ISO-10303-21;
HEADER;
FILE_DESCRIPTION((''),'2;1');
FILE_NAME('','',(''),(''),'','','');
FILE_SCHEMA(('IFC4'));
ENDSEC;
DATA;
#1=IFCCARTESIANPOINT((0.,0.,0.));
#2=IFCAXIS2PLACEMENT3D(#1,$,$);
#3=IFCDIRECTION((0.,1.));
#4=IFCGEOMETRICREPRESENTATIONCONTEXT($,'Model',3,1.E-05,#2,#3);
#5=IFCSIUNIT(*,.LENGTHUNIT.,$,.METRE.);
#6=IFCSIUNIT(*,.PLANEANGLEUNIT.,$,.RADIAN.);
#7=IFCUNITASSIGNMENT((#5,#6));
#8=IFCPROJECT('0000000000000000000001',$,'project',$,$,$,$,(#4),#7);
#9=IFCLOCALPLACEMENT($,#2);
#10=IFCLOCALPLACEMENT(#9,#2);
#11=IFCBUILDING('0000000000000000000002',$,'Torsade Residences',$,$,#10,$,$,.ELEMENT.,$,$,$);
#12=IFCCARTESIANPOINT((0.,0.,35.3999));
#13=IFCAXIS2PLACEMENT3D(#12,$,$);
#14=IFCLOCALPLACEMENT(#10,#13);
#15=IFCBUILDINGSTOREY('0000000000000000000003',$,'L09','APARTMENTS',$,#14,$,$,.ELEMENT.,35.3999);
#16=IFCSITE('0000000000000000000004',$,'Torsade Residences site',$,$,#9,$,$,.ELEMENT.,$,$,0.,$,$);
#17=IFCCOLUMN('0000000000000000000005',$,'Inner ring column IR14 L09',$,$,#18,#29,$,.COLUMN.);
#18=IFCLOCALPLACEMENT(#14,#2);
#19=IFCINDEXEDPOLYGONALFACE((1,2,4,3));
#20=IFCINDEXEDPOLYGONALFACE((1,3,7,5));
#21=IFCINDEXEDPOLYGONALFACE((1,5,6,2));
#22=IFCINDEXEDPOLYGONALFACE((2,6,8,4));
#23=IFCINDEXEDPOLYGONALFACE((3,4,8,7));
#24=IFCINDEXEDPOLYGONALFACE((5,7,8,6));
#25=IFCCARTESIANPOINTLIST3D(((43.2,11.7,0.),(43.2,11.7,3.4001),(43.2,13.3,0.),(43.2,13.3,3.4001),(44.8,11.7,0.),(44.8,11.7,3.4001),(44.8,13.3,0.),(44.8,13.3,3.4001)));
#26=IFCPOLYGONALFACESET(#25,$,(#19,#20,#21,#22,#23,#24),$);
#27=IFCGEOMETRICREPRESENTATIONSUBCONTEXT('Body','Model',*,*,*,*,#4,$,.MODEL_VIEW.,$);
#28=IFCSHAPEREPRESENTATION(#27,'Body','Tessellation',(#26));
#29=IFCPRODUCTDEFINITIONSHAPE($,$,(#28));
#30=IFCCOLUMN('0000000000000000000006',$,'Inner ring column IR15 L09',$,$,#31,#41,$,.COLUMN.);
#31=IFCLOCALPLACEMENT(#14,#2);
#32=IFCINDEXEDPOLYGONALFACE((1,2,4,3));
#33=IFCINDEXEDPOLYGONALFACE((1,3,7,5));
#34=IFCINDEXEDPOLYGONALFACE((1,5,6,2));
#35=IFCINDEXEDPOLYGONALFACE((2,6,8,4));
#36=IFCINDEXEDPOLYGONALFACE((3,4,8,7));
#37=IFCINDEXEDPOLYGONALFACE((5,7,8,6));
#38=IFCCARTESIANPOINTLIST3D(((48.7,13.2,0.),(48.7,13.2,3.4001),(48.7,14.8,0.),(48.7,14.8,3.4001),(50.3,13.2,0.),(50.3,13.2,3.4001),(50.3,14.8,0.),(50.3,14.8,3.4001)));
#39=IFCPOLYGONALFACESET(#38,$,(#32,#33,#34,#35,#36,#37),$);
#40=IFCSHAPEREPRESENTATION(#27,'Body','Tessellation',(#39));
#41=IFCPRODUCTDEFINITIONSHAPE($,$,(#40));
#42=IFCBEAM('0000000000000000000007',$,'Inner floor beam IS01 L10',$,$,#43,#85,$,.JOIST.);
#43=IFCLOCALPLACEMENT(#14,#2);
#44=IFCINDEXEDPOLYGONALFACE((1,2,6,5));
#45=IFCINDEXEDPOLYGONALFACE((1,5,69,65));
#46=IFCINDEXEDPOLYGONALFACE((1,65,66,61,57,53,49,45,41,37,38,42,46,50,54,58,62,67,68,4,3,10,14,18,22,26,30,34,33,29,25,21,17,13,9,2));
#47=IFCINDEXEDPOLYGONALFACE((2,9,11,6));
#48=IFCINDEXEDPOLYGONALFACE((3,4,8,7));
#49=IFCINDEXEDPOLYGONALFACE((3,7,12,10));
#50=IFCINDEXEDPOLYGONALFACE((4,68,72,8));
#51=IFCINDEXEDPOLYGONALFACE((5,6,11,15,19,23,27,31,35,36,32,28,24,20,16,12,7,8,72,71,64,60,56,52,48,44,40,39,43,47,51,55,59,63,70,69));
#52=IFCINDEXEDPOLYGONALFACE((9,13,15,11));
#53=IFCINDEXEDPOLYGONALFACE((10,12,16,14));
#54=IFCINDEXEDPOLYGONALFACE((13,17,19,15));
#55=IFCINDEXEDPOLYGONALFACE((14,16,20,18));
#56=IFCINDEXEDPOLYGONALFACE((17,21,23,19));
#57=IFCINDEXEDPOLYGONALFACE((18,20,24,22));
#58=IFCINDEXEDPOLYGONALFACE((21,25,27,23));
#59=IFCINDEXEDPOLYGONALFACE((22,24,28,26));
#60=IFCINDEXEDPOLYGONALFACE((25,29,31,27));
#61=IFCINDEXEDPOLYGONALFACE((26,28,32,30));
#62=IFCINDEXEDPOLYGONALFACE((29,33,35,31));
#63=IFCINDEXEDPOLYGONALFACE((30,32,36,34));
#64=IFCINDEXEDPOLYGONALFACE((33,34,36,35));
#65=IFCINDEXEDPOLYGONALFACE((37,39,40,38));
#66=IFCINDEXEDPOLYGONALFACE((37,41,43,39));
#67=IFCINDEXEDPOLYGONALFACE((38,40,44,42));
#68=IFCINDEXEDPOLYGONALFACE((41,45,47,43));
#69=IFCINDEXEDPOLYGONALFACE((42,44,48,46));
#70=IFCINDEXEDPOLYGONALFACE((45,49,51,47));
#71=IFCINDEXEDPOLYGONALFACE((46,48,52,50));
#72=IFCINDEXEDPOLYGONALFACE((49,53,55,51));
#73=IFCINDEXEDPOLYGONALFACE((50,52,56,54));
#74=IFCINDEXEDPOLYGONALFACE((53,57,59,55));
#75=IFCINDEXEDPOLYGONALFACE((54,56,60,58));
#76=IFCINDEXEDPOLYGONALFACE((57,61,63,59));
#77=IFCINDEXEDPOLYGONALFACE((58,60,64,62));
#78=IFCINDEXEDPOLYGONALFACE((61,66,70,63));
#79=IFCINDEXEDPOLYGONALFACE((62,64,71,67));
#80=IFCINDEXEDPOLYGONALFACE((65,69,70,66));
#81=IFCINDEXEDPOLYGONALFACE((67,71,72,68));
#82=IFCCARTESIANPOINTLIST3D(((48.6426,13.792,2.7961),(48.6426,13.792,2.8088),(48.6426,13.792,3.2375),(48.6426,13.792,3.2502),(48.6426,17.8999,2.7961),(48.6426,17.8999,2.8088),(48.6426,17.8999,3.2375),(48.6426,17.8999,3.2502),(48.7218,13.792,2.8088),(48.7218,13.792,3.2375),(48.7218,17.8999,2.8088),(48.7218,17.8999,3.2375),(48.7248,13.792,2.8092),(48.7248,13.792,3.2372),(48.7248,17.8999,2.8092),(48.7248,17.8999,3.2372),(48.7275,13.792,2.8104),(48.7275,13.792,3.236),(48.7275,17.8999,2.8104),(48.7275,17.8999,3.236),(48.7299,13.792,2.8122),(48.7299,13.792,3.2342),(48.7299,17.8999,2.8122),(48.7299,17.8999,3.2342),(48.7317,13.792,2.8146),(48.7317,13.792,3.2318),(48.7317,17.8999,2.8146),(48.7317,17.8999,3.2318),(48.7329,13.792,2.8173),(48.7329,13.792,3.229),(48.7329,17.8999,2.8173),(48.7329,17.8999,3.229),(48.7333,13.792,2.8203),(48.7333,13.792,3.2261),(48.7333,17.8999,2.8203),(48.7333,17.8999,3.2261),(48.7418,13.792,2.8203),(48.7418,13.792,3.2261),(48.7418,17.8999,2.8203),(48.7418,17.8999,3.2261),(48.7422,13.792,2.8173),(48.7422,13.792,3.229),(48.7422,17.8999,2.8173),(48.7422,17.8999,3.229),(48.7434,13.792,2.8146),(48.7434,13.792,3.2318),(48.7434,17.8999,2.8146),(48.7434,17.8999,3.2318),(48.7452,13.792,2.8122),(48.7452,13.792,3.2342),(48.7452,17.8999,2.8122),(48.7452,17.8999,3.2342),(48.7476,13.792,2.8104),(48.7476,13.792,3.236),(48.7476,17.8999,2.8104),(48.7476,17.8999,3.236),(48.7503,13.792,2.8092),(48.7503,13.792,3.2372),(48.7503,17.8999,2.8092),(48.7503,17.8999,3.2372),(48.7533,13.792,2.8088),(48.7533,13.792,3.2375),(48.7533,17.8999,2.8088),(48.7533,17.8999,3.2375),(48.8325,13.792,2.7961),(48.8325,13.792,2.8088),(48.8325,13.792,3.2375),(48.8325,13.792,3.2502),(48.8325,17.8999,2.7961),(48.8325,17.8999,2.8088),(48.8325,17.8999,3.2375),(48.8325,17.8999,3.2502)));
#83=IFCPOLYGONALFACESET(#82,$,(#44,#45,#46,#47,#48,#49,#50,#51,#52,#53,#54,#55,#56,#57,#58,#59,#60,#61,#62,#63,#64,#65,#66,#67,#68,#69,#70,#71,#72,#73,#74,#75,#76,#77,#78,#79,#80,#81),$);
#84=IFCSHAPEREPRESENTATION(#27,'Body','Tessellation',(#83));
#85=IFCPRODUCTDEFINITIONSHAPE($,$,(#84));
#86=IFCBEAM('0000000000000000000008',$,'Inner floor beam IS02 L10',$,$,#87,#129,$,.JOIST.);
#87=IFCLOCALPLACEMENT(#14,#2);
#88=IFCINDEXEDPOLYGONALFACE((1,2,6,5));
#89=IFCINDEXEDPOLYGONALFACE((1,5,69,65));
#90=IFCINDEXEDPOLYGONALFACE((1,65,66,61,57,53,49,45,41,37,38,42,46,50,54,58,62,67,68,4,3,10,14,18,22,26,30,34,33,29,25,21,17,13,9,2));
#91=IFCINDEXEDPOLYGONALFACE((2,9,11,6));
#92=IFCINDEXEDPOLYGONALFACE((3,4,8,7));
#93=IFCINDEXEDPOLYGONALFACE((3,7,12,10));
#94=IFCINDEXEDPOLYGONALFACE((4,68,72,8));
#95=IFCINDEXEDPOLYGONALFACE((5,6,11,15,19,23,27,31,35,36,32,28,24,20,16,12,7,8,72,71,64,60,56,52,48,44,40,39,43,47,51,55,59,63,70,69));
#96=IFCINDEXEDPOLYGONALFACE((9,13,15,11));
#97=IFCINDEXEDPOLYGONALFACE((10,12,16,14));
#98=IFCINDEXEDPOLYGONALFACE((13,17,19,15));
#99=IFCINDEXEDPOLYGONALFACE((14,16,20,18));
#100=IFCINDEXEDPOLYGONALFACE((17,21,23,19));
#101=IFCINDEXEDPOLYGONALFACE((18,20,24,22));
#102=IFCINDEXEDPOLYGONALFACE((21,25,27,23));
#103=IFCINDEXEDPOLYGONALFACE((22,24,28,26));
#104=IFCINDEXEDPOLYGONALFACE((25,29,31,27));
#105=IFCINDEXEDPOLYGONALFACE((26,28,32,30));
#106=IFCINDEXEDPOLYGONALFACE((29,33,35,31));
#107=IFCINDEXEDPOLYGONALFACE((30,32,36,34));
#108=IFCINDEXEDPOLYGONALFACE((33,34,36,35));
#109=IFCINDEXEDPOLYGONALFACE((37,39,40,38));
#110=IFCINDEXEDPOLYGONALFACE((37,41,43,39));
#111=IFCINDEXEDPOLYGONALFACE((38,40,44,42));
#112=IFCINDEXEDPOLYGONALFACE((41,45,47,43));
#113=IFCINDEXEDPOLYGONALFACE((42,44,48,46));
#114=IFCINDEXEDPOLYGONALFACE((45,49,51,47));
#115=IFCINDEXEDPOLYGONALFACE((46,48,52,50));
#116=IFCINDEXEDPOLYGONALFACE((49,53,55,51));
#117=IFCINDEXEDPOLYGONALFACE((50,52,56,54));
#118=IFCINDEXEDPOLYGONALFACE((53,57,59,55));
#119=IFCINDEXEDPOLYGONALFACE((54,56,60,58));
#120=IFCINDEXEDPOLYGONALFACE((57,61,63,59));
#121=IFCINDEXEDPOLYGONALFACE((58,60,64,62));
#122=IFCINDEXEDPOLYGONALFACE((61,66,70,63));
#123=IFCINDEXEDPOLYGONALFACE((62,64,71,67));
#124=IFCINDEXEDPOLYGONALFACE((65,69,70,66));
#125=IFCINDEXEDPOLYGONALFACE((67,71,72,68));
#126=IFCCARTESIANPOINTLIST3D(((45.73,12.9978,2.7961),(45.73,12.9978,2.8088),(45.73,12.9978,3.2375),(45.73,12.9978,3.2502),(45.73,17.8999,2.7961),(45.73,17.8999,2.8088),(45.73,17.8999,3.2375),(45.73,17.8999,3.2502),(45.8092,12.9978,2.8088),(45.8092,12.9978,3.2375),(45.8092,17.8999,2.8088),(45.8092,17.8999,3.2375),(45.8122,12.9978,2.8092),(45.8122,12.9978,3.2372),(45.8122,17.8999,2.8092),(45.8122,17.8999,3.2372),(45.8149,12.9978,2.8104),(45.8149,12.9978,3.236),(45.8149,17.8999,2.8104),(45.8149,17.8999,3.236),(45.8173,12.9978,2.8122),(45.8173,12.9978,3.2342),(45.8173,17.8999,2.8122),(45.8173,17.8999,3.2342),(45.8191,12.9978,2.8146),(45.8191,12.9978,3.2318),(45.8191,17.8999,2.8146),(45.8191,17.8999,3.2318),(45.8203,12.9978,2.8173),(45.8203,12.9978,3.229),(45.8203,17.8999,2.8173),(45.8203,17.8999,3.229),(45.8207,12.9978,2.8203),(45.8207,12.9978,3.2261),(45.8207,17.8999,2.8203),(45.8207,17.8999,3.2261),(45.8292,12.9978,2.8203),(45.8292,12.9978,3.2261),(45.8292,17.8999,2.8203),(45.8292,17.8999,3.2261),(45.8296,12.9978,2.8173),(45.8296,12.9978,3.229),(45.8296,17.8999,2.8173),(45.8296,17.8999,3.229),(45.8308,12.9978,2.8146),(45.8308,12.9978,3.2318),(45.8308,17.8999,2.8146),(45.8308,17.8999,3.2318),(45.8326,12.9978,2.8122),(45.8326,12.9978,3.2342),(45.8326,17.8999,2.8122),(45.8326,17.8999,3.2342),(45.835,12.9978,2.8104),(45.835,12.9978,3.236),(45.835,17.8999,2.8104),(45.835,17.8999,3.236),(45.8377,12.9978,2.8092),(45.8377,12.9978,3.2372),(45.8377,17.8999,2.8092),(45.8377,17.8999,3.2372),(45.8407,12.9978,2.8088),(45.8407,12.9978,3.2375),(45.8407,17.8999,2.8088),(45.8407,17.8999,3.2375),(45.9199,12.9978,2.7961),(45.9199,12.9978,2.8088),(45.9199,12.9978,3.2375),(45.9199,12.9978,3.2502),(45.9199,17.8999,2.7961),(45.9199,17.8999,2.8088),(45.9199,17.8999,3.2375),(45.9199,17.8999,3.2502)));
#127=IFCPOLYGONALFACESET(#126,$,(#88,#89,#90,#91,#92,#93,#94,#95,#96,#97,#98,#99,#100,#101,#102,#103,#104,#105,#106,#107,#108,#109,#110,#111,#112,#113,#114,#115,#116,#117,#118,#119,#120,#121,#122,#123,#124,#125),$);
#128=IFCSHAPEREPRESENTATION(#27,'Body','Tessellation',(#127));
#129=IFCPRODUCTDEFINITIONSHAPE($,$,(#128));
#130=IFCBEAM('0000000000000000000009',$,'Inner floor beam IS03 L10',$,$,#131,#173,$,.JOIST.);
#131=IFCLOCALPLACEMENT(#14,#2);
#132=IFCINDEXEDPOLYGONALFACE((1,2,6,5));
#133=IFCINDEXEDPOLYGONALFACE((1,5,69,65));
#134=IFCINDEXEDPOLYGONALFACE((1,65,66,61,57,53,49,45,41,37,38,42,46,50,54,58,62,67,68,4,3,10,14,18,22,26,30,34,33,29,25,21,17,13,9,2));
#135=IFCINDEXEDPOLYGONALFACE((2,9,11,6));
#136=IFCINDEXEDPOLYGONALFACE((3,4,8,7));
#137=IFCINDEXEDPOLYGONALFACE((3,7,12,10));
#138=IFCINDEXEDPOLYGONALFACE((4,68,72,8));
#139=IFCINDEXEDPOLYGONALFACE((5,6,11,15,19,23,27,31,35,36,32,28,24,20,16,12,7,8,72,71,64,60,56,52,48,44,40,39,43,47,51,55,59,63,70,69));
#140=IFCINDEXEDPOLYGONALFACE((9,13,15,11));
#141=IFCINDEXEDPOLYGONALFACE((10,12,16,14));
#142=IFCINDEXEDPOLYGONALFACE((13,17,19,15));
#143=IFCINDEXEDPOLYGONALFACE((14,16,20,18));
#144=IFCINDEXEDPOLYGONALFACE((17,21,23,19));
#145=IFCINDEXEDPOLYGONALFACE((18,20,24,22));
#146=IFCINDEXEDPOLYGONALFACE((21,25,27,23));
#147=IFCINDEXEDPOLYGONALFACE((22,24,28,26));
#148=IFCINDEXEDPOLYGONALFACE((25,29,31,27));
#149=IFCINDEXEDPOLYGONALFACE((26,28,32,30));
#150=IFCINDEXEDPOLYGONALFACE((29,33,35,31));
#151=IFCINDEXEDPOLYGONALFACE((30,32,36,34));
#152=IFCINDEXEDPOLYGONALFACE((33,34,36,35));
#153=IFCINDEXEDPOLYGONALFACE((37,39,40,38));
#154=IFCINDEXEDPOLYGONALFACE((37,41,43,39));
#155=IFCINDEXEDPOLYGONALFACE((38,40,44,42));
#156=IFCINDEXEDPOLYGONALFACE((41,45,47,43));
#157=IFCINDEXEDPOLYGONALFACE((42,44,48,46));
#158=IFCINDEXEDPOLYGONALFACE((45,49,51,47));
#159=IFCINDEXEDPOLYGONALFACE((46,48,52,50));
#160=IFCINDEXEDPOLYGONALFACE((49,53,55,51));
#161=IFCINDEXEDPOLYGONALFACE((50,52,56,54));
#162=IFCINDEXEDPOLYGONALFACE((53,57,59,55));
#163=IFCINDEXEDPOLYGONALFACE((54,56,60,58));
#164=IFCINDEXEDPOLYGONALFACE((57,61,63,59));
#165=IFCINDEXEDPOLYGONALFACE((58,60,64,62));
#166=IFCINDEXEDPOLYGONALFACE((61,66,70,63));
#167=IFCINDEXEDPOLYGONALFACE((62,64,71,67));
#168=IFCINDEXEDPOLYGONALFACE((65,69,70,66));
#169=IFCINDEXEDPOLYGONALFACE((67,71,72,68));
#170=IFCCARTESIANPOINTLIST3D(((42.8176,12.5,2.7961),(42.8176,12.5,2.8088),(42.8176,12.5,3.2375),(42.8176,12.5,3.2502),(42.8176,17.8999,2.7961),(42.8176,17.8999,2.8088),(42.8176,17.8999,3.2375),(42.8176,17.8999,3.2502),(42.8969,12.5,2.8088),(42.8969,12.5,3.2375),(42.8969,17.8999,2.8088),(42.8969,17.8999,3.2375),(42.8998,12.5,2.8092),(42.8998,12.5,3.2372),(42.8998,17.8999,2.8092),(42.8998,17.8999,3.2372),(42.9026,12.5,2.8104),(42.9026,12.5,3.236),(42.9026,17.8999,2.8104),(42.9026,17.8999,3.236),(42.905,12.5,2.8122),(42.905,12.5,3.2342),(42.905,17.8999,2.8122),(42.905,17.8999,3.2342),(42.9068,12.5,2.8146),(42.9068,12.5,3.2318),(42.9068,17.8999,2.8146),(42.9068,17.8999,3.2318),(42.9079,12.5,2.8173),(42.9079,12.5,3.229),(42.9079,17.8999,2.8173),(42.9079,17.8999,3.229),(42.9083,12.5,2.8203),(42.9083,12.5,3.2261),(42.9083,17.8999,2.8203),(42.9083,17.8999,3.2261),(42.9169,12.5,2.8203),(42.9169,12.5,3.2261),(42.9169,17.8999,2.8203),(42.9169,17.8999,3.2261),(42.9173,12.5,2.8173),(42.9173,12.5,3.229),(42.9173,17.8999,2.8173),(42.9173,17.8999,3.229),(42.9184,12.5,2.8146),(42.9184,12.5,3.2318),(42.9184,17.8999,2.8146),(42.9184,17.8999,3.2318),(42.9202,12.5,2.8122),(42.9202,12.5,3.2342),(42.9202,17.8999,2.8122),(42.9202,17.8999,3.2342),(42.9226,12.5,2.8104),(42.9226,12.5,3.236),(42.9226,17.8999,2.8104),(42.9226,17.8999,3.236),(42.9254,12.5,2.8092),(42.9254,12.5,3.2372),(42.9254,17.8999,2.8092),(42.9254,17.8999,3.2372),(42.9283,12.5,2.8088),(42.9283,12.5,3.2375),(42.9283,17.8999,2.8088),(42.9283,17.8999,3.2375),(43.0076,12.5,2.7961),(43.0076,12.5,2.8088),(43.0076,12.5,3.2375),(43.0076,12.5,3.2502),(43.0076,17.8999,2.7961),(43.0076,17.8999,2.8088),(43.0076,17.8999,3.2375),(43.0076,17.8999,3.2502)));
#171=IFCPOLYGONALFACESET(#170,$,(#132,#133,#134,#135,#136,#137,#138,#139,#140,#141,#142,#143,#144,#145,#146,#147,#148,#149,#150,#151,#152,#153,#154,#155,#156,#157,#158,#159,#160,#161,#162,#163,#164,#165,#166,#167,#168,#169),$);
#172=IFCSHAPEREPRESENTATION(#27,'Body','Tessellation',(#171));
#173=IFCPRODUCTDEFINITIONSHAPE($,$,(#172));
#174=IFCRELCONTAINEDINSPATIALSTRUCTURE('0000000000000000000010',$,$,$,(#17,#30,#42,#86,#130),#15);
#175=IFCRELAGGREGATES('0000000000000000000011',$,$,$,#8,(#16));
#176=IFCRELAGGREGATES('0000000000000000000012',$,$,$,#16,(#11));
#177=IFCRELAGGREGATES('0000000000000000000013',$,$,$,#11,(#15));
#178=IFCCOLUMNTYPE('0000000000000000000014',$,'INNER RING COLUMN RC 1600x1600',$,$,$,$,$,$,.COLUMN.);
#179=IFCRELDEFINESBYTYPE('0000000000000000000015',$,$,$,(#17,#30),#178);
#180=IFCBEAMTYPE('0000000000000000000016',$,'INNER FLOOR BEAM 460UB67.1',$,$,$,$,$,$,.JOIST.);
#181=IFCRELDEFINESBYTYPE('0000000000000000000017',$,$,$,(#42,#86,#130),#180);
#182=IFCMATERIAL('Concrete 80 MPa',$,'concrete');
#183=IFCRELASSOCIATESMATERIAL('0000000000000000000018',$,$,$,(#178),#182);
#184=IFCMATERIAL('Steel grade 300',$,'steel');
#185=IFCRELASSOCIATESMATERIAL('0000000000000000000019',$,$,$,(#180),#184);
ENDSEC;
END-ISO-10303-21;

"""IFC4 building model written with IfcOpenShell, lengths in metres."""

from ifc_helpers import new_model, si_unit, direction, frame, origin, origin_2d, place, context, subcontext, project, spatial, rectangle, i_section, extrude, material, material_profile, profile_set, type_object, element, save


model = new_model("IFC4")

# Units and contexts
model_context = context("Model", 3, precision=1e-05, world=origin(), true_north=direction((0.0, 1.0)))
body_context = subcontext(model_context, "Body", "Model", "MODEL_VIEW")
ifc_project = project(units=[si_unit("LENGTHUNIT", "METRE"), si_unit("PLANEANGLEUNIT", "RADIAN")], contexts=[model_context])

# Site, building, storey
site_placement = place(None, origin())
site = spatial("IfcSite", under=ifc_project, at=site_placement, Name="Torsade Residences site", CompositionType="ELEMENT", RefElevation=0.0)
building_placement = place(site_placement, origin())
building = spatial("IfcBuilding", under=site, at=building_placement, Name="Torsade Residences", CompositionType="ELEMENT")
storey_placement = place(building_placement, frame((0.0, 0.0, 35.3999)))
storey = spatial("IfcBuildingStorey", under=building, at=storey_placement, Name="L09", Description="APARTMENTS", CompositionType="ELEMENT", Elevation=35.3999)

# Columns
ifc_material_1 = material(Name="Concrete 80 MPa", Category="concrete")
ifc_material_profile_1 = material_profile(ifc_material_1, rectangle(XDim=1.6001, YDim=1.6001, at=origin_2d()), Name="RC 1600x1600")
ifc_profile_set_1 = profile_set([ifc_material_profile_1], Name="Concrete 80 MPa")
column_type = type_object("IfcColumnType", Name="INNER RING COLUMN RC 1600x1600", PredefinedType="COLUMN", material=ifc_profile_set_1)
for number, where, z_axis, x_axis, name in (
    (1, (44.0, 12.5, 0.0), (0.0, 0.0, 1.0), (1.0, 0.0, 0.0), "Inner ring column IR14 L09"),
    (2, (49.5, 14.0, 0.0), (0.0, 0.0, 1.0), (1.0, 0.0, 0.0), "Inner ring column IR15 L09"),
):
    element("IfcColumn", number, at=place(storey_placement, frame(where, z_axis=z_axis, x_axis=x_axis)), inside=storey, type_object=column_type, Name=name, PredefinedType="COLUMN", context=body_context, shape_type="SweptSolid", body=[
        extrude(rectangle(XDim=1.6001, YDim=1.6001, at=origin_2d()), origin(), (0.0, 0.0, 1.0), 3.4001),
    ])

# Beams
ifc_material_2 = material(Name="Steel grade 300", Category="steel")
ifc_material_profile_2 = material_profile(ifc_material_2, i_section(OverallWidth=0.1899, OverallDepth=0.4541, WebThickness=0.0085, FlangeThickness=0.0127, FilletRadius=0.0115, at=origin_2d()), Name="460UB67.1")
ifc_profile_set_2 = profile_set([ifc_material_profile_2], Name="Steel grade 300")
beam_type_1 = type_object("IfcBeamType", Name="INNER FLOOR BEAM 460UB67.1", PredefinedType="JOIST", material=ifc_profile_set_2)
beam_1_placement = place(storey_placement, frame((48.7375, 17.8999, 3.0232), z_axis=(0.0, -1.0, 0.0), x_axis=(1.0, 0.0, 0.0)))
element("IfcBeam", 3, at=beam_1_placement, inside=storey, type_object=beam_type_1, Name="Inner floor beam IS01 L10", PredefinedType="JOIST", context=body_context, shape_type="SweptSolid", body=[
    extrude(i_section(OverallWidth=0.1899, OverallDepth=0.4541, WebThickness=0.0085, FlangeThickness=0.0127, FilletRadius=0.0115, at=origin_2d()), origin(), (0.0, 0.0, 1.0), 4.1079),
])
beam_2_placement = place(storey_placement, frame((45.825, 17.8999, 3.0232), z_axis=(0.0, -1.0, 0.0), x_axis=(1.0, 0.0, 0.0)))
element("IfcBeam", 4, at=beam_2_placement, inside=storey, type_object=beam_type_1, Name="Inner floor beam IS02 L10", PredefinedType="JOIST", context=body_context, shape_type="SweptSolid", body=[
    extrude(i_section(OverallWidth=0.1899, OverallDepth=0.4541, WebThickness=0.0085, FlangeThickness=0.0127, FilletRadius=0.0115, at=origin_2d()), origin(), (0.0, 0.0, 1.0), 4.9021),
])
for number, where, z_axis, x_axis, name in (
    (5, (42.9126, 17.8999, 3.0232), (0.0, -1.0, 0.0), (1.0, 0.0, 0.0), "Inner floor beam IS03 L10"),
):
    element("IfcBeam", number, at=place(storey_placement, frame(where, z_axis=z_axis, x_axis=x_axis)), inside=storey, type_object=beam_type_1, Name=name, PredefinedType="JOIST", context=body_context, shape_type="SweptSolid", body=[
        extrude(i_section(OverallWidth=0.1899, OverallDepth=0.4541, WebThickness=0.0085, FlangeThickness=0.0127, FilletRadius=0.0115, at=origin_2d()), origin(), (0.0, 0.0, 1.0), 5.3999),
    ])

save(model, "model.ifc")
